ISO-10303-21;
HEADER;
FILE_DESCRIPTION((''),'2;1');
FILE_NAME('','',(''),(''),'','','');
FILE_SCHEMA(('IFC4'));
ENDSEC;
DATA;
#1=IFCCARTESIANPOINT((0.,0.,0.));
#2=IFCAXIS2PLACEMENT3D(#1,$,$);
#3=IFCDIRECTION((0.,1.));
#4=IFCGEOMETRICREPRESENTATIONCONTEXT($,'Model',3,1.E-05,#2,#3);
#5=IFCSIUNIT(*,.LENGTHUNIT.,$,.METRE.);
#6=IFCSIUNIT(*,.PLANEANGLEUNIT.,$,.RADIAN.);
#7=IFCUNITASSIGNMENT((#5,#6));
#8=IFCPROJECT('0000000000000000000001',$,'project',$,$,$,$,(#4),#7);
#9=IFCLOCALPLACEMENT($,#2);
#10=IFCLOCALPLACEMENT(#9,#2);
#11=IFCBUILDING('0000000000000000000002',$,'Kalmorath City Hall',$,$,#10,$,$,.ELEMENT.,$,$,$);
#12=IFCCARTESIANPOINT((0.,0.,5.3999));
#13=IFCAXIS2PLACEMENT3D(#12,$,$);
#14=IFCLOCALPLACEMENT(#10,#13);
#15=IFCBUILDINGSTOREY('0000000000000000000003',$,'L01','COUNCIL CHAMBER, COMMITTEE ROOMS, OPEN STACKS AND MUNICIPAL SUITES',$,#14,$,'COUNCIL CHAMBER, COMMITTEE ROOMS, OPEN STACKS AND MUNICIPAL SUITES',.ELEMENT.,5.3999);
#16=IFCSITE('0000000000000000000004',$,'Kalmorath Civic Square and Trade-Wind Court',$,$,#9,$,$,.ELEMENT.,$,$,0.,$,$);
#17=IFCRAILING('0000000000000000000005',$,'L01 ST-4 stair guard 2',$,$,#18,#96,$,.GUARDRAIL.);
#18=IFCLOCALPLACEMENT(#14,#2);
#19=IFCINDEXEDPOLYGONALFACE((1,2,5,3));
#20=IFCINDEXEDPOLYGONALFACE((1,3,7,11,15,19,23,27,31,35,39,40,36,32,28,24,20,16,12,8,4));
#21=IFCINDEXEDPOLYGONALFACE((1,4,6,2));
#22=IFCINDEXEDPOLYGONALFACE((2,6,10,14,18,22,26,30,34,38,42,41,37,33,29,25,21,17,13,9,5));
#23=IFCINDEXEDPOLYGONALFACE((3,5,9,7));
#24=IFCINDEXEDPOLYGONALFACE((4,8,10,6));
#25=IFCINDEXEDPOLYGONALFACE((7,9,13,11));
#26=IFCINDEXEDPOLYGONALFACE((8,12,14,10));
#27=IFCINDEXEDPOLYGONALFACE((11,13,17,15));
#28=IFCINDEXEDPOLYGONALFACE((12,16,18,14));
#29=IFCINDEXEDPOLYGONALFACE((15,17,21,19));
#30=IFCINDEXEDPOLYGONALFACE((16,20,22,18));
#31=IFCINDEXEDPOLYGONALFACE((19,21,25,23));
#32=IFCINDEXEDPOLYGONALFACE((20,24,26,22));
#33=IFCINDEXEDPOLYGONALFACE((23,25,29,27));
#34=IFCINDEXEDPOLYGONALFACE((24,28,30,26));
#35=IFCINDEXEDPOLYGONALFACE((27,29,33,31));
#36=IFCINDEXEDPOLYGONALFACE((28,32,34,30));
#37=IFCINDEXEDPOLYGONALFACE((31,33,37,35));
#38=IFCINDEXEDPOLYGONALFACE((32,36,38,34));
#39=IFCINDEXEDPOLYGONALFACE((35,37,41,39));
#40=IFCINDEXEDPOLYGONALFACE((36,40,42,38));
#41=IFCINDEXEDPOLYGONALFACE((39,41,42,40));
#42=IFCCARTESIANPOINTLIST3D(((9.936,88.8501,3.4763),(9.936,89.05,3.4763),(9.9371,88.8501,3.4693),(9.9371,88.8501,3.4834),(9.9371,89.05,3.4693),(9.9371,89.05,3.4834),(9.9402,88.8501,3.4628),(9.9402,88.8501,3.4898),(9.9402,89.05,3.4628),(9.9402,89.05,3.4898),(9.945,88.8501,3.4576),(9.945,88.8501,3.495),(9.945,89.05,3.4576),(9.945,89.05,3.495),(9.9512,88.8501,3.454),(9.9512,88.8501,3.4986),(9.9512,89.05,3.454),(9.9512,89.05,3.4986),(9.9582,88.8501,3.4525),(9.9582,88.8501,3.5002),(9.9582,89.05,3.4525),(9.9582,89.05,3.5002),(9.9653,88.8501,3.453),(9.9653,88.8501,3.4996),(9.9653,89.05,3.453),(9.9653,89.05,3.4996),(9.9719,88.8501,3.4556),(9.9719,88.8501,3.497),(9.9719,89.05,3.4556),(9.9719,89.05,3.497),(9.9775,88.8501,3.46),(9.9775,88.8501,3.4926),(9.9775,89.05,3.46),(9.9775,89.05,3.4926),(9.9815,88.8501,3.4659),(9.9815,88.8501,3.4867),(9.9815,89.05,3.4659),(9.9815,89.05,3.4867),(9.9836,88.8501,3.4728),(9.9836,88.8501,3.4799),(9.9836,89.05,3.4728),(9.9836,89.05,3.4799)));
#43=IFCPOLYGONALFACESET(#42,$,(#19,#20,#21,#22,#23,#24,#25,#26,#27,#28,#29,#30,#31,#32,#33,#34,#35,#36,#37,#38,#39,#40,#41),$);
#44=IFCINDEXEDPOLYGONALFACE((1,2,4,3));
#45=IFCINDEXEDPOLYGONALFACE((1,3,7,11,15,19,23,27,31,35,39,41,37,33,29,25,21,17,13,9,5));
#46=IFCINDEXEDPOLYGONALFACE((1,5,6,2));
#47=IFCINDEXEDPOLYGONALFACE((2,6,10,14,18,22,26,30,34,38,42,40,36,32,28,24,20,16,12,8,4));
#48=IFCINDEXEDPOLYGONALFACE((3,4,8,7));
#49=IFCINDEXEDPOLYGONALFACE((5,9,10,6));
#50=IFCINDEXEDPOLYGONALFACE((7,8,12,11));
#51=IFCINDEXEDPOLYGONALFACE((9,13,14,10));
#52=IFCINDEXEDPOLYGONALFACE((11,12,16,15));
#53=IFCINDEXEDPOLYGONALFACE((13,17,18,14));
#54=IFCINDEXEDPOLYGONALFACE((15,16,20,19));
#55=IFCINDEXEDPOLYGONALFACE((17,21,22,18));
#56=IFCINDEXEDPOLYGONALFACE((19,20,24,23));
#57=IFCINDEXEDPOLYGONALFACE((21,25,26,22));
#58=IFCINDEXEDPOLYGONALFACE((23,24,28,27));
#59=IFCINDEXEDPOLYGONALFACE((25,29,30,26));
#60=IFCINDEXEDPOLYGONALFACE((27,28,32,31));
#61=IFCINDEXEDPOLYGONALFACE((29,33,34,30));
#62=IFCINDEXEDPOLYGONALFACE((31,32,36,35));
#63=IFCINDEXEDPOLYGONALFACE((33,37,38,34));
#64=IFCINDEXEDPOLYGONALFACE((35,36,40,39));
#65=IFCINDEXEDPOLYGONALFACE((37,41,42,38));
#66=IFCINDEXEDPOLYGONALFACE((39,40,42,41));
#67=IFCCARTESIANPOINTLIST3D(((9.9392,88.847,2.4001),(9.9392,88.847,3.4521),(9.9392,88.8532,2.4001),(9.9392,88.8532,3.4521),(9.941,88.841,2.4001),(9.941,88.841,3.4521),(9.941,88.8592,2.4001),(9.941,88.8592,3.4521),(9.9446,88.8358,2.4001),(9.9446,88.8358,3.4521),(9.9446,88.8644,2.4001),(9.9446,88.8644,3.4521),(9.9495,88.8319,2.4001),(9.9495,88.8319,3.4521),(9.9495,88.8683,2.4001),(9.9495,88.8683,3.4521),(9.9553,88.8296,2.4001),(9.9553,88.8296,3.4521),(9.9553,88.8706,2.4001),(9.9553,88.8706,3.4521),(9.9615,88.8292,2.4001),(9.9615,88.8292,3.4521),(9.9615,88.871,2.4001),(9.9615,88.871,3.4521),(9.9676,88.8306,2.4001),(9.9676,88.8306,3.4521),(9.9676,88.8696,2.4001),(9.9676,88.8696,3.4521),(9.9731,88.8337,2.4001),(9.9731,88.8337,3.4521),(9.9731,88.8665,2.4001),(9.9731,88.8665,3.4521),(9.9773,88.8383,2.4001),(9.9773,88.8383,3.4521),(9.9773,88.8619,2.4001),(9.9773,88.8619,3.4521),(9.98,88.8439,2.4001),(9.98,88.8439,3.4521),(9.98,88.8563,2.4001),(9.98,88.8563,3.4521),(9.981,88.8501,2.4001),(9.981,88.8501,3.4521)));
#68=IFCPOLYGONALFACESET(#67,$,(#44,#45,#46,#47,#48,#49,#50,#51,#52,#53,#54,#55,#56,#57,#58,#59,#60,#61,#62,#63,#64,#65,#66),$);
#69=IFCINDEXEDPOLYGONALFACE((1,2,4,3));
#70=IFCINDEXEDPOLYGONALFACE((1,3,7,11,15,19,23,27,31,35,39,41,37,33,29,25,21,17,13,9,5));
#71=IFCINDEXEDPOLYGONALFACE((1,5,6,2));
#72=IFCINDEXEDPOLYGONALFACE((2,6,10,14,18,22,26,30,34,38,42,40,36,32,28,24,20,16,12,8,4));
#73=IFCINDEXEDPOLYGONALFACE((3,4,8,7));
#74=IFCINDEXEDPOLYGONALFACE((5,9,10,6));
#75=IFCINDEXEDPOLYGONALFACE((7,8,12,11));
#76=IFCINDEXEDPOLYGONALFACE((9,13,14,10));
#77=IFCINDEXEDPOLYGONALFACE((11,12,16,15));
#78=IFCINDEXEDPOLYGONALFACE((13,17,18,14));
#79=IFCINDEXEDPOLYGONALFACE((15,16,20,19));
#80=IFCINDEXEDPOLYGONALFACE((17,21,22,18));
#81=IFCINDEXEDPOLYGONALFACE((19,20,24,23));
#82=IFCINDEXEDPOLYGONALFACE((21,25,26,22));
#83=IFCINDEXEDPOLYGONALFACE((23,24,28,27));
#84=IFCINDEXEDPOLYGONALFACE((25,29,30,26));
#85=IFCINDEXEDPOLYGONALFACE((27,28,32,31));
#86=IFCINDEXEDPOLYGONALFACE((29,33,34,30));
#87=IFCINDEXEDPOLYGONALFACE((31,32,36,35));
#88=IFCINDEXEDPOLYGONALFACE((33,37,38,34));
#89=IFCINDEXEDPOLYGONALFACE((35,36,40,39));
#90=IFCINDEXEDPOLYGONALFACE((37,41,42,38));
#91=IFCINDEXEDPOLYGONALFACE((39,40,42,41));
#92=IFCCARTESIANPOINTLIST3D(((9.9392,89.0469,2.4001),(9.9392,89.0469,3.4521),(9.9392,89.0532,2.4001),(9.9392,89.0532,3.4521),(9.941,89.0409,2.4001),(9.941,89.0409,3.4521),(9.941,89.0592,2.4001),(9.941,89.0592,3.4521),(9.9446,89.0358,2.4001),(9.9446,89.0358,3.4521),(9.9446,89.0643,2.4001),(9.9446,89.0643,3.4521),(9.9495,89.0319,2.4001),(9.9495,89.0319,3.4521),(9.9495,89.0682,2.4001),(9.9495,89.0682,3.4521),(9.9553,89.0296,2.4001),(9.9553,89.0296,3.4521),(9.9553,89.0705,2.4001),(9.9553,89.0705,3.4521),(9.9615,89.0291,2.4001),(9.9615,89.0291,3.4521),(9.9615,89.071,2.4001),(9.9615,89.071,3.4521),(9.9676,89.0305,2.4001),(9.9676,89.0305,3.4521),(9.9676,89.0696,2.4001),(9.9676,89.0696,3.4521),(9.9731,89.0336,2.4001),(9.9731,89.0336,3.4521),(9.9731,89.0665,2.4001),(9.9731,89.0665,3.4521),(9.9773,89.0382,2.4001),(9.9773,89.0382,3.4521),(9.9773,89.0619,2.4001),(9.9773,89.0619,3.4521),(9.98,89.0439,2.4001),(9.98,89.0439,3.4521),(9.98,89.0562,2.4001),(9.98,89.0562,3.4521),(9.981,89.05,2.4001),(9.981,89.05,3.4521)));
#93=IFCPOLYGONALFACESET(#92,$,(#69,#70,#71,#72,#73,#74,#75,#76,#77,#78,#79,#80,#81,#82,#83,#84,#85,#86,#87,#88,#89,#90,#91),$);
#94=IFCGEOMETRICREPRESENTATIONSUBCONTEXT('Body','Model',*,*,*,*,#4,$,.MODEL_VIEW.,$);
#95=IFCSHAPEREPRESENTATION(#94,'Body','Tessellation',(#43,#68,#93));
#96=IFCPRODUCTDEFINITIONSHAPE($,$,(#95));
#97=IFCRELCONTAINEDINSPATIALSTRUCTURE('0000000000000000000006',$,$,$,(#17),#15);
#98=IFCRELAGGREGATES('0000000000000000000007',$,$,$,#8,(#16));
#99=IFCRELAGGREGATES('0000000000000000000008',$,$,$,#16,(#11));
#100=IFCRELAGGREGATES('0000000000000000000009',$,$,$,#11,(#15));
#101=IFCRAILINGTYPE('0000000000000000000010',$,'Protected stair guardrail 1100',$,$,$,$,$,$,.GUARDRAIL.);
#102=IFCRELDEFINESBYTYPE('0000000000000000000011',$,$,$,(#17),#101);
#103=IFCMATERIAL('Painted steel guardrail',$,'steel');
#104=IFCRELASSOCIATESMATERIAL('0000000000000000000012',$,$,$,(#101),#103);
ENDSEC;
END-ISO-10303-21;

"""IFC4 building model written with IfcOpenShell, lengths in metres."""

from ifc_helpers import new_model, si_unit, direction, frame, origin, origin_2d, place, context, subcontext, project, spatial, circle, extrude, material, type_object, element, save


model = new_model("IFC4")

# Units and contexts
model_context = context("Model", 3, precision=1e-05, world=origin(), true_north=direction((0.0, 1.0)))
body_context = subcontext(model_context, "Body", "Model", "MODEL_VIEW")
ifc_project = project(units=[si_unit("LENGTHUNIT", "METRE"), si_unit("PLANEANGLEUNIT", "RADIAN")], contexts=[model_context])

# Site, building, storey
site_placement = place(None, origin())
site = spatial("IfcSite", under=ifc_project, at=site_placement, Name="Kalmorath Civic Square and Trade-Wind Court", CompositionType="ELEMENT", RefElevation=0.0)
building_placement = place(site_placement, origin())
building = spatial("IfcBuilding", under=site, at=building_placement, Name="Kalmorath City Hall", CompositionType="ELEMENT")
storey_placement = place(building_placement, frame((0.0, 0.0, 5.3999)))
storey = spatial("IfcBuildingStorey", under=building, at=storey_placement, Name="L01", Description="COUNCIL CHAMBER, COMMITTEE ROOMS, OPEN STACKS AND MUNICIPAL SUITES", LongName="COUNCIL CHAMBER, COMMITTEE ROOMS, OPEN STACKS AND MUNICIPAL SUITES", CompositionType="ELEMENT", Elevation=5.3999)

# Railing
ifc_material_1 = material(Name="Painted steel guardrail", Category="steel")
railing_type_1 = type_object("IfcRailingType", Name="Protected stair guardrail 1100", PredefinedType="GUARDRAIL", material=ifc_material_1)
railing_1_placement = place(storey_placement, frame((9.96, 88.8501, 2.4001)))
element("IfcRailing", 1, at=railing_1_placement, inside=storey, type_object=railing_type_1, Name="L01 ST-4 stair guard 2", PredefinedType="GUARDRAIL", context=body_context, shape_type="SweptSolid", body=[
    extrude(circle(Radius=0.0239, at=origin_2d()), frame((0.0, 0.0, 1.0762), z_axis=(0.0, 1.0, 0.0), x_axis=(-1.0, 0.0, 0.0)), (0.0, 0.0, 1.0), 0.2),
    extrude(circle(Radius=0.021, at=origin_2d()), origin(), (0.0, 0.0, 1.0), 1.052),
    extrude(circle(Radius=0.021, at=origin_2d()), frame((0.0, 0.2, 0.0)), (0.0, 0.0, 1.0), 1.052),
])

save(model, "model.ifc")
